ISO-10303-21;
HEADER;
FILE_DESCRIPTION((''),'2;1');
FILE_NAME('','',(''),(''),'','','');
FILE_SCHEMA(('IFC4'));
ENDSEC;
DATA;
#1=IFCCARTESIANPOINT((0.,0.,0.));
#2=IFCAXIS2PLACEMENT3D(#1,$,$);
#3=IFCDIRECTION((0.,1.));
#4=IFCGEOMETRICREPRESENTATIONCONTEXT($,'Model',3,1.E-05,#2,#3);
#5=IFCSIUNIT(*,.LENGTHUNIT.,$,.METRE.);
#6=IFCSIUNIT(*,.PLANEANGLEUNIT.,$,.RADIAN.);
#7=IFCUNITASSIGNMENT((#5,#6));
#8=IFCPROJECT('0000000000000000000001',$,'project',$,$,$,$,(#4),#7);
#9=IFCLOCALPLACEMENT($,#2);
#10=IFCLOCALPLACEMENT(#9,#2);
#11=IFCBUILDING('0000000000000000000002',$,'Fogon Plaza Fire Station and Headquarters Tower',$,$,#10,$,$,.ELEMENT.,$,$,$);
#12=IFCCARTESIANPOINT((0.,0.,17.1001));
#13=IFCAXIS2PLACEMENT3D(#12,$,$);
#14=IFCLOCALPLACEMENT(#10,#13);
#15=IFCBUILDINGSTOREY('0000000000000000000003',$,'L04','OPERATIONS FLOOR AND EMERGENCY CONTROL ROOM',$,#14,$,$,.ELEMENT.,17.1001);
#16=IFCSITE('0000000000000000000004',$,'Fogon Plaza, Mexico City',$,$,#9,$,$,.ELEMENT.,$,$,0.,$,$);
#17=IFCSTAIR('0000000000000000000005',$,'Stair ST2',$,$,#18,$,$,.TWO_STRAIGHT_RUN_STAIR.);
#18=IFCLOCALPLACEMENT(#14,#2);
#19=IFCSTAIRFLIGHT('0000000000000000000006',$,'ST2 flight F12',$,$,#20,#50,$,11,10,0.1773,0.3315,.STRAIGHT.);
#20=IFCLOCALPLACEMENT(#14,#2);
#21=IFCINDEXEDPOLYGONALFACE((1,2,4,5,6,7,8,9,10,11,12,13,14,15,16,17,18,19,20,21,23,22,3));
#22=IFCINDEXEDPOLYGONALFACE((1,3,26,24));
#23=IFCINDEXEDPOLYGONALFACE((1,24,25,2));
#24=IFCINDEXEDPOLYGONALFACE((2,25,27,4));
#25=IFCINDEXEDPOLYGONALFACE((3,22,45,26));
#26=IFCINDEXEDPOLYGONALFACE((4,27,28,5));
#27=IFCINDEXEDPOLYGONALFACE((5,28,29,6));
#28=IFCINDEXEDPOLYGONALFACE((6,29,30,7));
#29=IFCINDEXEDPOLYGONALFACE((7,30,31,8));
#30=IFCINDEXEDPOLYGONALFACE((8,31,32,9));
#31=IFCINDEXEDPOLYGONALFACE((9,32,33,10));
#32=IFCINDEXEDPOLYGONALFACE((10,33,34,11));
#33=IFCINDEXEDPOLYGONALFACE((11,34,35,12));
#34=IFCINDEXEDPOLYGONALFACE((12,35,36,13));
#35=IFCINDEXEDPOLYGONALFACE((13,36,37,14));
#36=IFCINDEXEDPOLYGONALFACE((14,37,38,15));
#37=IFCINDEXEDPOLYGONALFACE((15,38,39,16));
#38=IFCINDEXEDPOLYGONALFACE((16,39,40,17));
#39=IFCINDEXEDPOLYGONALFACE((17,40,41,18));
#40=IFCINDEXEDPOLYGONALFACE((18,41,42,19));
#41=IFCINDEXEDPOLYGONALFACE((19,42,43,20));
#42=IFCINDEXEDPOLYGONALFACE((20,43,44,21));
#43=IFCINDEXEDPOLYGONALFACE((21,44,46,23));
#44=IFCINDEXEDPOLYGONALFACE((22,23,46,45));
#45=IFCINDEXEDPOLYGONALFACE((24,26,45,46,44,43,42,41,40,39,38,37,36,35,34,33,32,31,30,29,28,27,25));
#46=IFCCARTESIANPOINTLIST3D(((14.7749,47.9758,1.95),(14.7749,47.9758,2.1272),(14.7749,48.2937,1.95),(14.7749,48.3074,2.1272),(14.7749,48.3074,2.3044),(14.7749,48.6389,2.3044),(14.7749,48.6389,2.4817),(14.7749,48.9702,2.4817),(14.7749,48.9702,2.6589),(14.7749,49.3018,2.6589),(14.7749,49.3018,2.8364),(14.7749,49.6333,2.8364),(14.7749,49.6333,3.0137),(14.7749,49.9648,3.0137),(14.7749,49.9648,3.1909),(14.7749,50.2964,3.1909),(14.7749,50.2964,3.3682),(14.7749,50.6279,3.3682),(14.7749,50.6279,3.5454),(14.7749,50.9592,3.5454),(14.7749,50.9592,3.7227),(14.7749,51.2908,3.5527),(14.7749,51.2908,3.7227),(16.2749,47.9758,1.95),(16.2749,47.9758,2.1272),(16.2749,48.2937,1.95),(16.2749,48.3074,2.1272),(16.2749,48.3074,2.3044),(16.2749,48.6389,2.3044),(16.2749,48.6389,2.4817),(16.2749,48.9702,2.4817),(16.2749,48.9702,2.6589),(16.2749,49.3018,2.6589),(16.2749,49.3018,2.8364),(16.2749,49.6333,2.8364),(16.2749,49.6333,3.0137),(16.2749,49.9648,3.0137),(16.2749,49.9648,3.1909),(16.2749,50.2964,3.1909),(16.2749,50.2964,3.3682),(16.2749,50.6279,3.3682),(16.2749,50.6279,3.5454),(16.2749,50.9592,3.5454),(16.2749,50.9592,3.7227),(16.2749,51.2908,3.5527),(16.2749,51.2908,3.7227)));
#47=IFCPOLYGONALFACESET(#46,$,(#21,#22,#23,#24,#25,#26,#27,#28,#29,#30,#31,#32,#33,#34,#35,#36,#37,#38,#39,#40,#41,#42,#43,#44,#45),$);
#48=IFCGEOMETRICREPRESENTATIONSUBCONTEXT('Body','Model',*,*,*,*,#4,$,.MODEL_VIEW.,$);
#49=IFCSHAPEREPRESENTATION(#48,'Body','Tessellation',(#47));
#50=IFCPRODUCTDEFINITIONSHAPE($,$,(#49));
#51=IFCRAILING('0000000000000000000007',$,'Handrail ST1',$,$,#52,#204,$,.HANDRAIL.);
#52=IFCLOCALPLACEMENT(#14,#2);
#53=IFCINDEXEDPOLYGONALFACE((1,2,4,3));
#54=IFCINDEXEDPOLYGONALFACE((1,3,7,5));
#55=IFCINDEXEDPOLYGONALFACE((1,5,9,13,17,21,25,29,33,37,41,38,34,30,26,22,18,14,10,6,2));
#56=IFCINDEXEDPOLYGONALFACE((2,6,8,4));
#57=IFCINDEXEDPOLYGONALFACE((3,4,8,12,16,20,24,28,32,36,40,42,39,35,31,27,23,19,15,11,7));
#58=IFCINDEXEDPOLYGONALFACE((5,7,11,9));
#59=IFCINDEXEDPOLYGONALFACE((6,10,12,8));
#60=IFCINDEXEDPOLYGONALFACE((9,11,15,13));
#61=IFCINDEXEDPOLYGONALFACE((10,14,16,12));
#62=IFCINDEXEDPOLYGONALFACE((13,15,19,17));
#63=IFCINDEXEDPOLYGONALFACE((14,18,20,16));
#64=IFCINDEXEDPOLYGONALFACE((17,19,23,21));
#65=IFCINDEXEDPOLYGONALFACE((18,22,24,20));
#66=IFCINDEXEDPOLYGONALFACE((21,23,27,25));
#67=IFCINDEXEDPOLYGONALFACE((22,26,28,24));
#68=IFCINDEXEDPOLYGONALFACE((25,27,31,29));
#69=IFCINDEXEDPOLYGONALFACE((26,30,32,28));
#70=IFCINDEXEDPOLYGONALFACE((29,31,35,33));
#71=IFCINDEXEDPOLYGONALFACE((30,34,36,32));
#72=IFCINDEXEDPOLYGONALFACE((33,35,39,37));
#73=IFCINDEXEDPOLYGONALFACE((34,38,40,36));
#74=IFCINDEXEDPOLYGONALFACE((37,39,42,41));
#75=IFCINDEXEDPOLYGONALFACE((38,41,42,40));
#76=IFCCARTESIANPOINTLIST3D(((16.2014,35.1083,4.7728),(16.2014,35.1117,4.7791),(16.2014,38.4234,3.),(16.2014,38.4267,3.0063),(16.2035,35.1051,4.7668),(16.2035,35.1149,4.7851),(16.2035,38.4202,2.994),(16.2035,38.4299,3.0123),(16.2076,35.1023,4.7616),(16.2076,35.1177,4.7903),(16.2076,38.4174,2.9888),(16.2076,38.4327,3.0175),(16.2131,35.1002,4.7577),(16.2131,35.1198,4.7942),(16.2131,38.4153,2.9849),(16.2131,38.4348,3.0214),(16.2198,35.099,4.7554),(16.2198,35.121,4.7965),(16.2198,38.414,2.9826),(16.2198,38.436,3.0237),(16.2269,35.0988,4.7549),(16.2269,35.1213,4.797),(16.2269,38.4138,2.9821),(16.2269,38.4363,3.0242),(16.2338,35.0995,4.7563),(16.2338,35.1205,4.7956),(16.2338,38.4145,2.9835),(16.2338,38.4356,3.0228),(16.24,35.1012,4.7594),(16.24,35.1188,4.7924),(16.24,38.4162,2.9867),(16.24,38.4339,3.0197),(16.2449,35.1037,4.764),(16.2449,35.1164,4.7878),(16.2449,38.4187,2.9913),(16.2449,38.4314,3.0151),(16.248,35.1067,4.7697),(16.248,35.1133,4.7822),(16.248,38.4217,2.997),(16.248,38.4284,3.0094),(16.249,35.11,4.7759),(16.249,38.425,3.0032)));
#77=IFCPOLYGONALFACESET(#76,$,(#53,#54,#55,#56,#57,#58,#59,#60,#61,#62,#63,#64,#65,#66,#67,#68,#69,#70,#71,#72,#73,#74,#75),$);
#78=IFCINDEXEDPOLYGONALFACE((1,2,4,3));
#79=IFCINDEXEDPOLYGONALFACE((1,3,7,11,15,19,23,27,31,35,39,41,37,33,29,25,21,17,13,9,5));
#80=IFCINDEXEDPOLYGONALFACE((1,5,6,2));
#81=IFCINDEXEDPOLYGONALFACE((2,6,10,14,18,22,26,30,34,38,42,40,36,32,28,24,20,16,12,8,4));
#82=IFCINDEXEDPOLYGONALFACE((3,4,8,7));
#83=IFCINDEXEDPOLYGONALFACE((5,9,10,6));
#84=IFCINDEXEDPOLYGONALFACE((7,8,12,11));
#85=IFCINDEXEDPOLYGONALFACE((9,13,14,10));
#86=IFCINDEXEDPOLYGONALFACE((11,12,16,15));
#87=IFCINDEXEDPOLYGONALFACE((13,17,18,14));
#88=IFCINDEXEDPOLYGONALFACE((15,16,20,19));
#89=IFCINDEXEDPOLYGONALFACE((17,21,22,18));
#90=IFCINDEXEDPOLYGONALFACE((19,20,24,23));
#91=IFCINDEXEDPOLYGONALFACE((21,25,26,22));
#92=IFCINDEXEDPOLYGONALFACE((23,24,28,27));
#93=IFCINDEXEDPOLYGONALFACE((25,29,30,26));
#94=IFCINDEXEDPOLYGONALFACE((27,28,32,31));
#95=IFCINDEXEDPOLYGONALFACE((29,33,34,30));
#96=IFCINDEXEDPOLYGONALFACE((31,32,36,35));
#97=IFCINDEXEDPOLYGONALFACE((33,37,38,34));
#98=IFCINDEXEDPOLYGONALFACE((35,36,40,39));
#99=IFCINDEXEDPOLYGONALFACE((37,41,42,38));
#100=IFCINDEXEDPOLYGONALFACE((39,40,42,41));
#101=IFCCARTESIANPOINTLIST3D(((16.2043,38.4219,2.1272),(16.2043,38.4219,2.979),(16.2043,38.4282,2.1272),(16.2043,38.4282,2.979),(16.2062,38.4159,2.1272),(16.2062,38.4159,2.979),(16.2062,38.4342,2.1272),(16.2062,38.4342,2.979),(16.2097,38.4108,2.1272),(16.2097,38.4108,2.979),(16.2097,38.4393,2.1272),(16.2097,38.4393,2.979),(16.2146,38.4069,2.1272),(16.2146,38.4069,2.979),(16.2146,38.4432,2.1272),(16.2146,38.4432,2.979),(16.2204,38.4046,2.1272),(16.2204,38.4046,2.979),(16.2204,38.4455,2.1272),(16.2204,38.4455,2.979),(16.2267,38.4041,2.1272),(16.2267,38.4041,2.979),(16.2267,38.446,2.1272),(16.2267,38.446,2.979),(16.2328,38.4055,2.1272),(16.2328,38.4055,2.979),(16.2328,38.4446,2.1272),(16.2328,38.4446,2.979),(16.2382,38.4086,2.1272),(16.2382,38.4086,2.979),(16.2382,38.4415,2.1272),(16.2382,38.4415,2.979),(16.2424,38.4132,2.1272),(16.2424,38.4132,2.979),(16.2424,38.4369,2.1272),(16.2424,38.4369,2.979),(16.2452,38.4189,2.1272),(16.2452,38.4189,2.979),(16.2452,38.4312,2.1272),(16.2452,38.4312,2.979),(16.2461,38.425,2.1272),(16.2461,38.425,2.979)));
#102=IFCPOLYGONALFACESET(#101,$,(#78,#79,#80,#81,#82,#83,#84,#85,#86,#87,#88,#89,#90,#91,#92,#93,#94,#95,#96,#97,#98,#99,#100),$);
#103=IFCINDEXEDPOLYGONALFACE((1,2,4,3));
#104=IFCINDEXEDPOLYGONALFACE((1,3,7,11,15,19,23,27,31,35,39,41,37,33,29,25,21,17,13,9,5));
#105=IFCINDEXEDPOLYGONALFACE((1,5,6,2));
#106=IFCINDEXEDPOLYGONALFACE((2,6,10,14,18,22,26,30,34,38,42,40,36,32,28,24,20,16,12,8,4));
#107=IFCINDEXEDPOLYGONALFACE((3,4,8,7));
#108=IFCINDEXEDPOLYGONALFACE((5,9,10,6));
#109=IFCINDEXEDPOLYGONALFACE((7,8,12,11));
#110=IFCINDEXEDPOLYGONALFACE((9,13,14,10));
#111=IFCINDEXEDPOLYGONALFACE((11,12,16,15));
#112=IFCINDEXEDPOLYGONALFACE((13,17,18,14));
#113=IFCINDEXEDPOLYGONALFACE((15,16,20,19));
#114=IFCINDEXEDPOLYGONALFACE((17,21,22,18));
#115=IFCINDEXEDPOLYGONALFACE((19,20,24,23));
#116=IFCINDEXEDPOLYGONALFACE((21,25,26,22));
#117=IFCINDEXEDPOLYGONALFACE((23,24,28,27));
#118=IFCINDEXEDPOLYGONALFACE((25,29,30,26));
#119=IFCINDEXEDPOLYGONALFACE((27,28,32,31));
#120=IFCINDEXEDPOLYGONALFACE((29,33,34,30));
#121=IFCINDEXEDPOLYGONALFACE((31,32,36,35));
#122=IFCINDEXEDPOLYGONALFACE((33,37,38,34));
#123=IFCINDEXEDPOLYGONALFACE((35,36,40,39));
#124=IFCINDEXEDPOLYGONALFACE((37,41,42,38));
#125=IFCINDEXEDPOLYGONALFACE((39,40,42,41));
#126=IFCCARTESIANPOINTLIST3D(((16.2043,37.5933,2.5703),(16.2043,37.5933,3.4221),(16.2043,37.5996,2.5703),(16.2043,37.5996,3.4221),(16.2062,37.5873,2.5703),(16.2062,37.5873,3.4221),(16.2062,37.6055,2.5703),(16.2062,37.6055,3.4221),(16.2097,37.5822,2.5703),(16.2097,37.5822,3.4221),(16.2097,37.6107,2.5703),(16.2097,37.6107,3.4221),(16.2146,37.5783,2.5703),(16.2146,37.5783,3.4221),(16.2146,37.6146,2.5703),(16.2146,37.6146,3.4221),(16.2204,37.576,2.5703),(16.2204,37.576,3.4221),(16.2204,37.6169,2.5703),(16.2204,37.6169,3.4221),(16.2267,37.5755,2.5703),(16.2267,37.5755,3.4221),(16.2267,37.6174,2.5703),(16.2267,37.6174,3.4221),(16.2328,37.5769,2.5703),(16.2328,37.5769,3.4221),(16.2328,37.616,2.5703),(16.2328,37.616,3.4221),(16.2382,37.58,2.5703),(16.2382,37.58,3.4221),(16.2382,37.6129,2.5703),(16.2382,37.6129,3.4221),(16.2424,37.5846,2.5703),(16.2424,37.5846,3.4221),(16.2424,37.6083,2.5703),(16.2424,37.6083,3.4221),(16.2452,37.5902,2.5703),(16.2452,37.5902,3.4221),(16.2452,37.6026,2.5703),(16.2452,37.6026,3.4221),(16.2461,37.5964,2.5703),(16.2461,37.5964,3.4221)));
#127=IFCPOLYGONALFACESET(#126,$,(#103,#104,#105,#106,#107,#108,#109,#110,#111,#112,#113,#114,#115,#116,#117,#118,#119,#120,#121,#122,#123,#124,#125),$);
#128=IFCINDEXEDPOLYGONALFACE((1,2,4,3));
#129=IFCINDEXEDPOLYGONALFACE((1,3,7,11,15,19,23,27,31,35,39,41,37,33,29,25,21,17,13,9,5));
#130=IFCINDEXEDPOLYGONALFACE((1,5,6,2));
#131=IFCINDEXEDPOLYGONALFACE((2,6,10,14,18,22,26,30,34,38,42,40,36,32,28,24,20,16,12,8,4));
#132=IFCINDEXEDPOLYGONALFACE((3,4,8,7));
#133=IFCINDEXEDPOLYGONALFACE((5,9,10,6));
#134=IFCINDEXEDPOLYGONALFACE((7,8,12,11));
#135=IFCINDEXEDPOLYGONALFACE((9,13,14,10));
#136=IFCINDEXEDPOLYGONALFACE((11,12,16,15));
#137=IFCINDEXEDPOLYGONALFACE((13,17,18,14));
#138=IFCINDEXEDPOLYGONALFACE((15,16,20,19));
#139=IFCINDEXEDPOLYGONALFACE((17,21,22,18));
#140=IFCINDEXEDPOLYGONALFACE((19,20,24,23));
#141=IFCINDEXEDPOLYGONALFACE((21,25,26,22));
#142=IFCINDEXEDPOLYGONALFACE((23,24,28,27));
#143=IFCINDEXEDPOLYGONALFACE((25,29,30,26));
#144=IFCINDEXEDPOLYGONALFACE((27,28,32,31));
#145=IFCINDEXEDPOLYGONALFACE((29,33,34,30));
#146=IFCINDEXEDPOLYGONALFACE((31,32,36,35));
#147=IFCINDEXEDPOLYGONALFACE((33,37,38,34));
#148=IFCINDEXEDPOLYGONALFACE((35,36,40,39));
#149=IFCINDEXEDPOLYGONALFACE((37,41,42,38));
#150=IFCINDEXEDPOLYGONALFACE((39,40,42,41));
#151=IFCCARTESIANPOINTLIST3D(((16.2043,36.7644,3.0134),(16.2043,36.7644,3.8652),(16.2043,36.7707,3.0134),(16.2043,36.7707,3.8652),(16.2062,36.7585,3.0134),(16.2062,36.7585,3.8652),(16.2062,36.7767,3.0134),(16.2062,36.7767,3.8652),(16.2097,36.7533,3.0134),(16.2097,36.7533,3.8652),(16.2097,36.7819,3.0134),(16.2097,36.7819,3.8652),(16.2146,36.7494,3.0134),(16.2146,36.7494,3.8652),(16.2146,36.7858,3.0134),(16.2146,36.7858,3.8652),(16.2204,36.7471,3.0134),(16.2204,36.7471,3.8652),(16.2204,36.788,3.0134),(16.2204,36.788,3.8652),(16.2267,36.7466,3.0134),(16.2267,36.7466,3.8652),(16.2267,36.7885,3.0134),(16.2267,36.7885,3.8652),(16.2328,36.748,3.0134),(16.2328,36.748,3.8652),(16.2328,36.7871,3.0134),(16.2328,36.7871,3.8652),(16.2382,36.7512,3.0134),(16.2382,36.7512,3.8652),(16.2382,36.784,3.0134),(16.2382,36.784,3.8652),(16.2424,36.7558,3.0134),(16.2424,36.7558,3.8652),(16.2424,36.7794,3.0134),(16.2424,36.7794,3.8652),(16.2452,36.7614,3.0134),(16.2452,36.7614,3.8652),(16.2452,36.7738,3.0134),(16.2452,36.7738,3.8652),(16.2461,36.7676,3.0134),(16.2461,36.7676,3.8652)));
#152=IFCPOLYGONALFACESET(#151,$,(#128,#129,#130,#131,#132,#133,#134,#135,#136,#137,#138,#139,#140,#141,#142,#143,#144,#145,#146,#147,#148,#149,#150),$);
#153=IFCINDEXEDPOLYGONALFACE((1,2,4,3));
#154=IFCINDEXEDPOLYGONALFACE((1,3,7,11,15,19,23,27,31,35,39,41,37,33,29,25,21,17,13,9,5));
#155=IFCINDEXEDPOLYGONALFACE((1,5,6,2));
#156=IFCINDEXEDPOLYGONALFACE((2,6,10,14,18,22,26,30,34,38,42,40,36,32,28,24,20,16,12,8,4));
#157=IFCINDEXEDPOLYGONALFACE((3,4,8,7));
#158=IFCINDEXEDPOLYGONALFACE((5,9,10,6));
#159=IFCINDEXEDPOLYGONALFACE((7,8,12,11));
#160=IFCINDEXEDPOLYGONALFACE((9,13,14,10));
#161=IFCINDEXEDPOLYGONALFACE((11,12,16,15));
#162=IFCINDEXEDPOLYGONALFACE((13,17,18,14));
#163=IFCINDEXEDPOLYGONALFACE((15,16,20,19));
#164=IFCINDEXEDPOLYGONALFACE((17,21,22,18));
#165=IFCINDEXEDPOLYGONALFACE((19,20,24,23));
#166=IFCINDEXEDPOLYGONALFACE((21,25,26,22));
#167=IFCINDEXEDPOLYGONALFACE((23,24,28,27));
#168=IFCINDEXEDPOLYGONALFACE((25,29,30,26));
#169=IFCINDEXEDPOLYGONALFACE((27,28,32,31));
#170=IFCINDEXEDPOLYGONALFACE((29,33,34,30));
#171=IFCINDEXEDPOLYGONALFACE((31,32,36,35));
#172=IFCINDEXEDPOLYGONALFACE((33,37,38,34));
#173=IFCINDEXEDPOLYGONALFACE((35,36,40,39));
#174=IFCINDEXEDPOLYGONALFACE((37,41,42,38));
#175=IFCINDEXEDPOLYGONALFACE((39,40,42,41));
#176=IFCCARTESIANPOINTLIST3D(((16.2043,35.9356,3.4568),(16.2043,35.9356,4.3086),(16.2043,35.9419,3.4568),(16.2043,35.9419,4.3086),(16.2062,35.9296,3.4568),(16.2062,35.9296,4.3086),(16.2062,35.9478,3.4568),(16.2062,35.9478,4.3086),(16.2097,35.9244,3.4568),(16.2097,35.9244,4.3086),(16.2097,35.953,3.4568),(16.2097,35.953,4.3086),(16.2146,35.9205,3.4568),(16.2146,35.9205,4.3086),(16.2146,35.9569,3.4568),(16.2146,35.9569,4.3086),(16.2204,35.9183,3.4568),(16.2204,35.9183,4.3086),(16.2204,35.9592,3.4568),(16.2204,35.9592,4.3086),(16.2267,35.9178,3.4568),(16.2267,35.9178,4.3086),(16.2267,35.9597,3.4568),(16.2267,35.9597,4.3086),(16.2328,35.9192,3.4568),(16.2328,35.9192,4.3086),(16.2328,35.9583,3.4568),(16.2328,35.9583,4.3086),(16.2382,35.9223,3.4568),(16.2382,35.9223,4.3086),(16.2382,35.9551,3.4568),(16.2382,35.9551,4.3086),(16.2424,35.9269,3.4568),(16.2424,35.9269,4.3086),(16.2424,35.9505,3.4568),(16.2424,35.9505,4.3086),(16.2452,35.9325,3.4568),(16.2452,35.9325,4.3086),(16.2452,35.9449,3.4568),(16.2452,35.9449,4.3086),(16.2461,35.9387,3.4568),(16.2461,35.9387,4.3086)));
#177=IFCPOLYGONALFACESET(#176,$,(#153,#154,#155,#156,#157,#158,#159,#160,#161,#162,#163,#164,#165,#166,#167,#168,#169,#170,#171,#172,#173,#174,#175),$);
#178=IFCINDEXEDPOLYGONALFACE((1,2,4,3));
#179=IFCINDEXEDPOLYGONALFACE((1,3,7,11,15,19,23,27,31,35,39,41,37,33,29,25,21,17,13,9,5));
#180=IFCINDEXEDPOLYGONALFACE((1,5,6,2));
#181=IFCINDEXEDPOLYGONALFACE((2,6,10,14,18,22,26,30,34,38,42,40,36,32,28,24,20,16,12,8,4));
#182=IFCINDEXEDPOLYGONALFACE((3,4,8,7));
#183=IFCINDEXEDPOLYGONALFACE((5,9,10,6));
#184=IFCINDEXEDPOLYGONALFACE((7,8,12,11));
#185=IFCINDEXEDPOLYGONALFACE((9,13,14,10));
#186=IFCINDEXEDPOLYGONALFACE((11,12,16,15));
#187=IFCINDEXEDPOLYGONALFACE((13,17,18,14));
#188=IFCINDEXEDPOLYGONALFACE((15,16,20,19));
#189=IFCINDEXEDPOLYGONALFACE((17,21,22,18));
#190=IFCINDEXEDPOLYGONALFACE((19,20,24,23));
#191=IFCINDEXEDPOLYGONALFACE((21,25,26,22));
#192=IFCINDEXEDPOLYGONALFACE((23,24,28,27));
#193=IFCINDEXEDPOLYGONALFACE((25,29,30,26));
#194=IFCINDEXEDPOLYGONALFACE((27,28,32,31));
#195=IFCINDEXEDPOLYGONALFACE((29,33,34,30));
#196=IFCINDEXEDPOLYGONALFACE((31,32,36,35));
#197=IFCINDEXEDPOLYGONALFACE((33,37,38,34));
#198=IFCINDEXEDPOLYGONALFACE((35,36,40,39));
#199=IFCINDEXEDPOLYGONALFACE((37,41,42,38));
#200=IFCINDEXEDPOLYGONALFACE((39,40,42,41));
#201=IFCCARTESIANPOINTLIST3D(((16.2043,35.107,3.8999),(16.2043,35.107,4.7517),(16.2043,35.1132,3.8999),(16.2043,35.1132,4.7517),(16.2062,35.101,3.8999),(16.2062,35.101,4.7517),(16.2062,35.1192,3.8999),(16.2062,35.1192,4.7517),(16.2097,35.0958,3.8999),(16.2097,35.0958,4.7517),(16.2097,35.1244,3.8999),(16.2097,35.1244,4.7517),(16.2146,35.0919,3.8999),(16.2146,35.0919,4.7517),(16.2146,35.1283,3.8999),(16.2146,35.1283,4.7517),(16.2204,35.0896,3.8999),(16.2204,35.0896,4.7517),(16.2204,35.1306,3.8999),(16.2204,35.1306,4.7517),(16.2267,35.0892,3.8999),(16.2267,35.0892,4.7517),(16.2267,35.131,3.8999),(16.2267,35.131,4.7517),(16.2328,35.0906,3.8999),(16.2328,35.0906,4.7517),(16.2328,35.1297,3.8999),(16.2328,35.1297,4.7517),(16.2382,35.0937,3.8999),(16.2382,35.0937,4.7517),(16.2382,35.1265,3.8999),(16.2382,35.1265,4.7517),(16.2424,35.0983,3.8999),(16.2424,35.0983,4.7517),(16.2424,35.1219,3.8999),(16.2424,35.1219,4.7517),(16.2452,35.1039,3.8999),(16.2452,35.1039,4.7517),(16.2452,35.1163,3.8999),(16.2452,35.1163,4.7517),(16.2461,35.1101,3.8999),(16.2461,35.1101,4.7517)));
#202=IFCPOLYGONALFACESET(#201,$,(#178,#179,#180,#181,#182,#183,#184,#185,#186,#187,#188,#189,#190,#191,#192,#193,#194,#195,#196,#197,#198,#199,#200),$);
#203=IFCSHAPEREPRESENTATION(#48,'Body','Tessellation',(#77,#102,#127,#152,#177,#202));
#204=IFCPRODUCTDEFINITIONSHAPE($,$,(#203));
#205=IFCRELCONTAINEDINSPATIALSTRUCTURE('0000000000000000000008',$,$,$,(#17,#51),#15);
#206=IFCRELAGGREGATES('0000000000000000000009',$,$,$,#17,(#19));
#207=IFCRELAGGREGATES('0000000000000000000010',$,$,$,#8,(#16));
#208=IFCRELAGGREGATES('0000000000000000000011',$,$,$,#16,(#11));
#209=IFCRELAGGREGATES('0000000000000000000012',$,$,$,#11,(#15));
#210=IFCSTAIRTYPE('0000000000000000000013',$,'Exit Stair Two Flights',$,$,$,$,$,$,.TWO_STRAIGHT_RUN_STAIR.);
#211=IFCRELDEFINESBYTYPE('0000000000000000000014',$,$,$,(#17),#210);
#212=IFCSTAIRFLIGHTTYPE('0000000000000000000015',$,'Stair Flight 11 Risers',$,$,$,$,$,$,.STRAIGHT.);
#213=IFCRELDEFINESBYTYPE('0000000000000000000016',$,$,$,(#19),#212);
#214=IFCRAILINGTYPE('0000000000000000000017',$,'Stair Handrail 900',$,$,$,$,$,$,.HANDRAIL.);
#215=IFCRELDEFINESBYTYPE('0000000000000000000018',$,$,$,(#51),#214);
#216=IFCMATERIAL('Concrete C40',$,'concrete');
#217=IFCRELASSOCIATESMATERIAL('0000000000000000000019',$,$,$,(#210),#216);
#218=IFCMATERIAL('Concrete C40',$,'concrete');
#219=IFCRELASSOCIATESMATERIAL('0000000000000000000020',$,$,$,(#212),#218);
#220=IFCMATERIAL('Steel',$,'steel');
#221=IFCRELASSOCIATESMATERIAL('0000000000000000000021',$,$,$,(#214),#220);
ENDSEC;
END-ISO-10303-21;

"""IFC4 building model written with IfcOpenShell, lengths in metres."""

from ifc_helpers import new_model, si_unit, direction, frame, origin, origin_2d, place, context, subcontext, project, spatial, polyline, circle, outline, extrude, material, type_object, element, aggregate, save


model = new_model("IFC4")

# Units and contexts
model_context = context("Model", 3, precision=1e-05, world=origin(), true_north=direction((0.0, 1.0)))
body_context = subcontext(model_context, "Body", "Model", "MODEL_VIEW")
ifc_project = project(units=[si_unit("LENGTHUNIT", "METRE"), si_unit("PLANEANGLEUNIT", "RADIAN")], contexts=[model_context])

# Site, building, storey
site_placement = place(None, origin())
site = spatial("IfcSite", under=ifc_project, at=site_placement, Name="Fogon Plaza, Mexico City", CompositionType="ELEMENT", RefElevation=0.0)
building_placement = place(site_placement, origin())
building = spatial("IfcBuilding", under=site, at=building_placement, Name="Fogon Plaza Fire Station and Headquarters Tower", CompositionType="ELEMENT")
storey_placement = place(building_placement, frame((0.0, 0.0, 17.1001)))
storey = spatial("IfcBuildingStorey", under=building, at=storey_placement, Name="L04", Description="OPERATIONS FLOOR AND EMERGENCY CONTROL ROOM", CompositionType="ELEMENT", Elevation=17.1001)

# Stair, stair flight
ifc_material_1 = material(Name="Concrete C40", Category="concrete")
stair_type = type_object("IfcStairType", Name="Exit Stair Two Flights", PredefinedType="TWO_STRAIGHT_RUN_STAIR", material=ifc_material_1)
ifc_material_2 = material(Name="Concrete C40", Category="concrete")
stair_flight_type = type_object("IfcStairFlightType", Name="Stair Flight 11 Risers", PredefinedType="STRAIGHT", material=ifc_material_2)
stair_1_placement = place(storey_placement, origin())
stair_1 = element("IfcStair", 1, at=stair_1_placement, inside=storey, type_object=stair_type, Name="Stair ST2", PredefinedType="TWO_STRAIGHT_RUN_STAIR")
stair_flight_1_placement = place(storey_placement, frame((15.5249, 47.9758, 1.95), z_axis=(0.0, 0.0, 1.0), x_axis=(0.0, 1.0, 0.0)))
stair_flight_1 = element("IfcStairFlight", 2, at=stair_flight_1_placement, type_object=stair_flight_type, Name="ST2 flight F12", NumberOfRisers=11, NumberOfTreads=10, PredefinedType="STRAIGHT", RiserHeight=0.1773, TreadLength=0.3315, context=body_context, shape_type="SweptSolid", body=[
    extrude(outline(polyline([(0.0, 0.0), (0.0, 0.1772), (0.3315, 0.1772), (0.3315, 0.3545), (0.6631, 0.3545), (0.6631, 0.5317), (0.9944, 0.5317), (0.9944, 0.709), (1.3259, 0.709), (1.3259, 0.8865), (1.6575, 0.8865), (1.6575, 1.0637), (1.989, 1.0637), (1.989, 1.241), (2.3206, 1.241), (2.3206, 1.4182), (2.6521, 1.4182), (2.6521, 1.5955), (2.9834, 1.5955), (2.9834, 1.7727), (3.3149, 1.7727), (3.3149, 1.95), (3.3149, 1.6028), (0.3179, 0.0), (0.0, 0.0)])), frame((0.0, 0.75, 0.0), z_axis=(0.0, -1.0, 0.0), x_axis=(1.0, 0.0, 0.0)), (0.0, 0.0, 1.0), 1.5),
])
aggregate(stair_1, [stair_flight_1])

# Railing
ifc_material_3 = material(Name="Steel", Category="steel")
railing_type = type_object("IfcRailingType", Name="Stair Handrail 900", PredefinedType="HANDRAIL", material=ifc_material_3)
for number, where, name in (
    (3, (16.2251, 38.425, 2.1272), "Handrail ST1"),
):
    element("IfcRailing", number, at=place(storey_placement, frame(where)), inside=storey, type_object=railing_type, Name=name, PredefinedType="HANDRAIL", context=body_context, shape_type="SweptSolid", body=[
        extrude(circle(Radius=0.0239, at=origin_2d()), frame((0.0, 0.0, 0.876), z_axis=(0.0, -0.881829, 0.471569), x_axis=(1.0, 0.0, 0.0)), (0.0, 0.0, 1.0), 3.7593),
        extrude(circle(Radius=0.021, at=origin_2d()), origin(), (0.0, 0.0, 1.0), 0.8518),
        extrude(circle(Radius=0.021, at=origin_2d()), frame((0.0, -0.8286, 0.4431)), (0.0, 0.0, 1.0), 0.8518),
        extrude(circle(Radius=0.021, at=origin_2d()), frame((0.0, -1.6575, 0.8862)), (0.0, 0.0, 1.0), 0.8518),
        extrude(circle(Radius=0.021, at=origin_2d()), frame((0.0, -2.4863, 1.3296)), (0.0, 0.0, 1.0), 0.8518),
        extrude(circle(Radius=0.021, at=origin_2d()), frame((0.0, -3.3149, 1.7727)), (0.0, 0.0, 1.0), 0.8518),
    ])

save(model, "model.ifc")
